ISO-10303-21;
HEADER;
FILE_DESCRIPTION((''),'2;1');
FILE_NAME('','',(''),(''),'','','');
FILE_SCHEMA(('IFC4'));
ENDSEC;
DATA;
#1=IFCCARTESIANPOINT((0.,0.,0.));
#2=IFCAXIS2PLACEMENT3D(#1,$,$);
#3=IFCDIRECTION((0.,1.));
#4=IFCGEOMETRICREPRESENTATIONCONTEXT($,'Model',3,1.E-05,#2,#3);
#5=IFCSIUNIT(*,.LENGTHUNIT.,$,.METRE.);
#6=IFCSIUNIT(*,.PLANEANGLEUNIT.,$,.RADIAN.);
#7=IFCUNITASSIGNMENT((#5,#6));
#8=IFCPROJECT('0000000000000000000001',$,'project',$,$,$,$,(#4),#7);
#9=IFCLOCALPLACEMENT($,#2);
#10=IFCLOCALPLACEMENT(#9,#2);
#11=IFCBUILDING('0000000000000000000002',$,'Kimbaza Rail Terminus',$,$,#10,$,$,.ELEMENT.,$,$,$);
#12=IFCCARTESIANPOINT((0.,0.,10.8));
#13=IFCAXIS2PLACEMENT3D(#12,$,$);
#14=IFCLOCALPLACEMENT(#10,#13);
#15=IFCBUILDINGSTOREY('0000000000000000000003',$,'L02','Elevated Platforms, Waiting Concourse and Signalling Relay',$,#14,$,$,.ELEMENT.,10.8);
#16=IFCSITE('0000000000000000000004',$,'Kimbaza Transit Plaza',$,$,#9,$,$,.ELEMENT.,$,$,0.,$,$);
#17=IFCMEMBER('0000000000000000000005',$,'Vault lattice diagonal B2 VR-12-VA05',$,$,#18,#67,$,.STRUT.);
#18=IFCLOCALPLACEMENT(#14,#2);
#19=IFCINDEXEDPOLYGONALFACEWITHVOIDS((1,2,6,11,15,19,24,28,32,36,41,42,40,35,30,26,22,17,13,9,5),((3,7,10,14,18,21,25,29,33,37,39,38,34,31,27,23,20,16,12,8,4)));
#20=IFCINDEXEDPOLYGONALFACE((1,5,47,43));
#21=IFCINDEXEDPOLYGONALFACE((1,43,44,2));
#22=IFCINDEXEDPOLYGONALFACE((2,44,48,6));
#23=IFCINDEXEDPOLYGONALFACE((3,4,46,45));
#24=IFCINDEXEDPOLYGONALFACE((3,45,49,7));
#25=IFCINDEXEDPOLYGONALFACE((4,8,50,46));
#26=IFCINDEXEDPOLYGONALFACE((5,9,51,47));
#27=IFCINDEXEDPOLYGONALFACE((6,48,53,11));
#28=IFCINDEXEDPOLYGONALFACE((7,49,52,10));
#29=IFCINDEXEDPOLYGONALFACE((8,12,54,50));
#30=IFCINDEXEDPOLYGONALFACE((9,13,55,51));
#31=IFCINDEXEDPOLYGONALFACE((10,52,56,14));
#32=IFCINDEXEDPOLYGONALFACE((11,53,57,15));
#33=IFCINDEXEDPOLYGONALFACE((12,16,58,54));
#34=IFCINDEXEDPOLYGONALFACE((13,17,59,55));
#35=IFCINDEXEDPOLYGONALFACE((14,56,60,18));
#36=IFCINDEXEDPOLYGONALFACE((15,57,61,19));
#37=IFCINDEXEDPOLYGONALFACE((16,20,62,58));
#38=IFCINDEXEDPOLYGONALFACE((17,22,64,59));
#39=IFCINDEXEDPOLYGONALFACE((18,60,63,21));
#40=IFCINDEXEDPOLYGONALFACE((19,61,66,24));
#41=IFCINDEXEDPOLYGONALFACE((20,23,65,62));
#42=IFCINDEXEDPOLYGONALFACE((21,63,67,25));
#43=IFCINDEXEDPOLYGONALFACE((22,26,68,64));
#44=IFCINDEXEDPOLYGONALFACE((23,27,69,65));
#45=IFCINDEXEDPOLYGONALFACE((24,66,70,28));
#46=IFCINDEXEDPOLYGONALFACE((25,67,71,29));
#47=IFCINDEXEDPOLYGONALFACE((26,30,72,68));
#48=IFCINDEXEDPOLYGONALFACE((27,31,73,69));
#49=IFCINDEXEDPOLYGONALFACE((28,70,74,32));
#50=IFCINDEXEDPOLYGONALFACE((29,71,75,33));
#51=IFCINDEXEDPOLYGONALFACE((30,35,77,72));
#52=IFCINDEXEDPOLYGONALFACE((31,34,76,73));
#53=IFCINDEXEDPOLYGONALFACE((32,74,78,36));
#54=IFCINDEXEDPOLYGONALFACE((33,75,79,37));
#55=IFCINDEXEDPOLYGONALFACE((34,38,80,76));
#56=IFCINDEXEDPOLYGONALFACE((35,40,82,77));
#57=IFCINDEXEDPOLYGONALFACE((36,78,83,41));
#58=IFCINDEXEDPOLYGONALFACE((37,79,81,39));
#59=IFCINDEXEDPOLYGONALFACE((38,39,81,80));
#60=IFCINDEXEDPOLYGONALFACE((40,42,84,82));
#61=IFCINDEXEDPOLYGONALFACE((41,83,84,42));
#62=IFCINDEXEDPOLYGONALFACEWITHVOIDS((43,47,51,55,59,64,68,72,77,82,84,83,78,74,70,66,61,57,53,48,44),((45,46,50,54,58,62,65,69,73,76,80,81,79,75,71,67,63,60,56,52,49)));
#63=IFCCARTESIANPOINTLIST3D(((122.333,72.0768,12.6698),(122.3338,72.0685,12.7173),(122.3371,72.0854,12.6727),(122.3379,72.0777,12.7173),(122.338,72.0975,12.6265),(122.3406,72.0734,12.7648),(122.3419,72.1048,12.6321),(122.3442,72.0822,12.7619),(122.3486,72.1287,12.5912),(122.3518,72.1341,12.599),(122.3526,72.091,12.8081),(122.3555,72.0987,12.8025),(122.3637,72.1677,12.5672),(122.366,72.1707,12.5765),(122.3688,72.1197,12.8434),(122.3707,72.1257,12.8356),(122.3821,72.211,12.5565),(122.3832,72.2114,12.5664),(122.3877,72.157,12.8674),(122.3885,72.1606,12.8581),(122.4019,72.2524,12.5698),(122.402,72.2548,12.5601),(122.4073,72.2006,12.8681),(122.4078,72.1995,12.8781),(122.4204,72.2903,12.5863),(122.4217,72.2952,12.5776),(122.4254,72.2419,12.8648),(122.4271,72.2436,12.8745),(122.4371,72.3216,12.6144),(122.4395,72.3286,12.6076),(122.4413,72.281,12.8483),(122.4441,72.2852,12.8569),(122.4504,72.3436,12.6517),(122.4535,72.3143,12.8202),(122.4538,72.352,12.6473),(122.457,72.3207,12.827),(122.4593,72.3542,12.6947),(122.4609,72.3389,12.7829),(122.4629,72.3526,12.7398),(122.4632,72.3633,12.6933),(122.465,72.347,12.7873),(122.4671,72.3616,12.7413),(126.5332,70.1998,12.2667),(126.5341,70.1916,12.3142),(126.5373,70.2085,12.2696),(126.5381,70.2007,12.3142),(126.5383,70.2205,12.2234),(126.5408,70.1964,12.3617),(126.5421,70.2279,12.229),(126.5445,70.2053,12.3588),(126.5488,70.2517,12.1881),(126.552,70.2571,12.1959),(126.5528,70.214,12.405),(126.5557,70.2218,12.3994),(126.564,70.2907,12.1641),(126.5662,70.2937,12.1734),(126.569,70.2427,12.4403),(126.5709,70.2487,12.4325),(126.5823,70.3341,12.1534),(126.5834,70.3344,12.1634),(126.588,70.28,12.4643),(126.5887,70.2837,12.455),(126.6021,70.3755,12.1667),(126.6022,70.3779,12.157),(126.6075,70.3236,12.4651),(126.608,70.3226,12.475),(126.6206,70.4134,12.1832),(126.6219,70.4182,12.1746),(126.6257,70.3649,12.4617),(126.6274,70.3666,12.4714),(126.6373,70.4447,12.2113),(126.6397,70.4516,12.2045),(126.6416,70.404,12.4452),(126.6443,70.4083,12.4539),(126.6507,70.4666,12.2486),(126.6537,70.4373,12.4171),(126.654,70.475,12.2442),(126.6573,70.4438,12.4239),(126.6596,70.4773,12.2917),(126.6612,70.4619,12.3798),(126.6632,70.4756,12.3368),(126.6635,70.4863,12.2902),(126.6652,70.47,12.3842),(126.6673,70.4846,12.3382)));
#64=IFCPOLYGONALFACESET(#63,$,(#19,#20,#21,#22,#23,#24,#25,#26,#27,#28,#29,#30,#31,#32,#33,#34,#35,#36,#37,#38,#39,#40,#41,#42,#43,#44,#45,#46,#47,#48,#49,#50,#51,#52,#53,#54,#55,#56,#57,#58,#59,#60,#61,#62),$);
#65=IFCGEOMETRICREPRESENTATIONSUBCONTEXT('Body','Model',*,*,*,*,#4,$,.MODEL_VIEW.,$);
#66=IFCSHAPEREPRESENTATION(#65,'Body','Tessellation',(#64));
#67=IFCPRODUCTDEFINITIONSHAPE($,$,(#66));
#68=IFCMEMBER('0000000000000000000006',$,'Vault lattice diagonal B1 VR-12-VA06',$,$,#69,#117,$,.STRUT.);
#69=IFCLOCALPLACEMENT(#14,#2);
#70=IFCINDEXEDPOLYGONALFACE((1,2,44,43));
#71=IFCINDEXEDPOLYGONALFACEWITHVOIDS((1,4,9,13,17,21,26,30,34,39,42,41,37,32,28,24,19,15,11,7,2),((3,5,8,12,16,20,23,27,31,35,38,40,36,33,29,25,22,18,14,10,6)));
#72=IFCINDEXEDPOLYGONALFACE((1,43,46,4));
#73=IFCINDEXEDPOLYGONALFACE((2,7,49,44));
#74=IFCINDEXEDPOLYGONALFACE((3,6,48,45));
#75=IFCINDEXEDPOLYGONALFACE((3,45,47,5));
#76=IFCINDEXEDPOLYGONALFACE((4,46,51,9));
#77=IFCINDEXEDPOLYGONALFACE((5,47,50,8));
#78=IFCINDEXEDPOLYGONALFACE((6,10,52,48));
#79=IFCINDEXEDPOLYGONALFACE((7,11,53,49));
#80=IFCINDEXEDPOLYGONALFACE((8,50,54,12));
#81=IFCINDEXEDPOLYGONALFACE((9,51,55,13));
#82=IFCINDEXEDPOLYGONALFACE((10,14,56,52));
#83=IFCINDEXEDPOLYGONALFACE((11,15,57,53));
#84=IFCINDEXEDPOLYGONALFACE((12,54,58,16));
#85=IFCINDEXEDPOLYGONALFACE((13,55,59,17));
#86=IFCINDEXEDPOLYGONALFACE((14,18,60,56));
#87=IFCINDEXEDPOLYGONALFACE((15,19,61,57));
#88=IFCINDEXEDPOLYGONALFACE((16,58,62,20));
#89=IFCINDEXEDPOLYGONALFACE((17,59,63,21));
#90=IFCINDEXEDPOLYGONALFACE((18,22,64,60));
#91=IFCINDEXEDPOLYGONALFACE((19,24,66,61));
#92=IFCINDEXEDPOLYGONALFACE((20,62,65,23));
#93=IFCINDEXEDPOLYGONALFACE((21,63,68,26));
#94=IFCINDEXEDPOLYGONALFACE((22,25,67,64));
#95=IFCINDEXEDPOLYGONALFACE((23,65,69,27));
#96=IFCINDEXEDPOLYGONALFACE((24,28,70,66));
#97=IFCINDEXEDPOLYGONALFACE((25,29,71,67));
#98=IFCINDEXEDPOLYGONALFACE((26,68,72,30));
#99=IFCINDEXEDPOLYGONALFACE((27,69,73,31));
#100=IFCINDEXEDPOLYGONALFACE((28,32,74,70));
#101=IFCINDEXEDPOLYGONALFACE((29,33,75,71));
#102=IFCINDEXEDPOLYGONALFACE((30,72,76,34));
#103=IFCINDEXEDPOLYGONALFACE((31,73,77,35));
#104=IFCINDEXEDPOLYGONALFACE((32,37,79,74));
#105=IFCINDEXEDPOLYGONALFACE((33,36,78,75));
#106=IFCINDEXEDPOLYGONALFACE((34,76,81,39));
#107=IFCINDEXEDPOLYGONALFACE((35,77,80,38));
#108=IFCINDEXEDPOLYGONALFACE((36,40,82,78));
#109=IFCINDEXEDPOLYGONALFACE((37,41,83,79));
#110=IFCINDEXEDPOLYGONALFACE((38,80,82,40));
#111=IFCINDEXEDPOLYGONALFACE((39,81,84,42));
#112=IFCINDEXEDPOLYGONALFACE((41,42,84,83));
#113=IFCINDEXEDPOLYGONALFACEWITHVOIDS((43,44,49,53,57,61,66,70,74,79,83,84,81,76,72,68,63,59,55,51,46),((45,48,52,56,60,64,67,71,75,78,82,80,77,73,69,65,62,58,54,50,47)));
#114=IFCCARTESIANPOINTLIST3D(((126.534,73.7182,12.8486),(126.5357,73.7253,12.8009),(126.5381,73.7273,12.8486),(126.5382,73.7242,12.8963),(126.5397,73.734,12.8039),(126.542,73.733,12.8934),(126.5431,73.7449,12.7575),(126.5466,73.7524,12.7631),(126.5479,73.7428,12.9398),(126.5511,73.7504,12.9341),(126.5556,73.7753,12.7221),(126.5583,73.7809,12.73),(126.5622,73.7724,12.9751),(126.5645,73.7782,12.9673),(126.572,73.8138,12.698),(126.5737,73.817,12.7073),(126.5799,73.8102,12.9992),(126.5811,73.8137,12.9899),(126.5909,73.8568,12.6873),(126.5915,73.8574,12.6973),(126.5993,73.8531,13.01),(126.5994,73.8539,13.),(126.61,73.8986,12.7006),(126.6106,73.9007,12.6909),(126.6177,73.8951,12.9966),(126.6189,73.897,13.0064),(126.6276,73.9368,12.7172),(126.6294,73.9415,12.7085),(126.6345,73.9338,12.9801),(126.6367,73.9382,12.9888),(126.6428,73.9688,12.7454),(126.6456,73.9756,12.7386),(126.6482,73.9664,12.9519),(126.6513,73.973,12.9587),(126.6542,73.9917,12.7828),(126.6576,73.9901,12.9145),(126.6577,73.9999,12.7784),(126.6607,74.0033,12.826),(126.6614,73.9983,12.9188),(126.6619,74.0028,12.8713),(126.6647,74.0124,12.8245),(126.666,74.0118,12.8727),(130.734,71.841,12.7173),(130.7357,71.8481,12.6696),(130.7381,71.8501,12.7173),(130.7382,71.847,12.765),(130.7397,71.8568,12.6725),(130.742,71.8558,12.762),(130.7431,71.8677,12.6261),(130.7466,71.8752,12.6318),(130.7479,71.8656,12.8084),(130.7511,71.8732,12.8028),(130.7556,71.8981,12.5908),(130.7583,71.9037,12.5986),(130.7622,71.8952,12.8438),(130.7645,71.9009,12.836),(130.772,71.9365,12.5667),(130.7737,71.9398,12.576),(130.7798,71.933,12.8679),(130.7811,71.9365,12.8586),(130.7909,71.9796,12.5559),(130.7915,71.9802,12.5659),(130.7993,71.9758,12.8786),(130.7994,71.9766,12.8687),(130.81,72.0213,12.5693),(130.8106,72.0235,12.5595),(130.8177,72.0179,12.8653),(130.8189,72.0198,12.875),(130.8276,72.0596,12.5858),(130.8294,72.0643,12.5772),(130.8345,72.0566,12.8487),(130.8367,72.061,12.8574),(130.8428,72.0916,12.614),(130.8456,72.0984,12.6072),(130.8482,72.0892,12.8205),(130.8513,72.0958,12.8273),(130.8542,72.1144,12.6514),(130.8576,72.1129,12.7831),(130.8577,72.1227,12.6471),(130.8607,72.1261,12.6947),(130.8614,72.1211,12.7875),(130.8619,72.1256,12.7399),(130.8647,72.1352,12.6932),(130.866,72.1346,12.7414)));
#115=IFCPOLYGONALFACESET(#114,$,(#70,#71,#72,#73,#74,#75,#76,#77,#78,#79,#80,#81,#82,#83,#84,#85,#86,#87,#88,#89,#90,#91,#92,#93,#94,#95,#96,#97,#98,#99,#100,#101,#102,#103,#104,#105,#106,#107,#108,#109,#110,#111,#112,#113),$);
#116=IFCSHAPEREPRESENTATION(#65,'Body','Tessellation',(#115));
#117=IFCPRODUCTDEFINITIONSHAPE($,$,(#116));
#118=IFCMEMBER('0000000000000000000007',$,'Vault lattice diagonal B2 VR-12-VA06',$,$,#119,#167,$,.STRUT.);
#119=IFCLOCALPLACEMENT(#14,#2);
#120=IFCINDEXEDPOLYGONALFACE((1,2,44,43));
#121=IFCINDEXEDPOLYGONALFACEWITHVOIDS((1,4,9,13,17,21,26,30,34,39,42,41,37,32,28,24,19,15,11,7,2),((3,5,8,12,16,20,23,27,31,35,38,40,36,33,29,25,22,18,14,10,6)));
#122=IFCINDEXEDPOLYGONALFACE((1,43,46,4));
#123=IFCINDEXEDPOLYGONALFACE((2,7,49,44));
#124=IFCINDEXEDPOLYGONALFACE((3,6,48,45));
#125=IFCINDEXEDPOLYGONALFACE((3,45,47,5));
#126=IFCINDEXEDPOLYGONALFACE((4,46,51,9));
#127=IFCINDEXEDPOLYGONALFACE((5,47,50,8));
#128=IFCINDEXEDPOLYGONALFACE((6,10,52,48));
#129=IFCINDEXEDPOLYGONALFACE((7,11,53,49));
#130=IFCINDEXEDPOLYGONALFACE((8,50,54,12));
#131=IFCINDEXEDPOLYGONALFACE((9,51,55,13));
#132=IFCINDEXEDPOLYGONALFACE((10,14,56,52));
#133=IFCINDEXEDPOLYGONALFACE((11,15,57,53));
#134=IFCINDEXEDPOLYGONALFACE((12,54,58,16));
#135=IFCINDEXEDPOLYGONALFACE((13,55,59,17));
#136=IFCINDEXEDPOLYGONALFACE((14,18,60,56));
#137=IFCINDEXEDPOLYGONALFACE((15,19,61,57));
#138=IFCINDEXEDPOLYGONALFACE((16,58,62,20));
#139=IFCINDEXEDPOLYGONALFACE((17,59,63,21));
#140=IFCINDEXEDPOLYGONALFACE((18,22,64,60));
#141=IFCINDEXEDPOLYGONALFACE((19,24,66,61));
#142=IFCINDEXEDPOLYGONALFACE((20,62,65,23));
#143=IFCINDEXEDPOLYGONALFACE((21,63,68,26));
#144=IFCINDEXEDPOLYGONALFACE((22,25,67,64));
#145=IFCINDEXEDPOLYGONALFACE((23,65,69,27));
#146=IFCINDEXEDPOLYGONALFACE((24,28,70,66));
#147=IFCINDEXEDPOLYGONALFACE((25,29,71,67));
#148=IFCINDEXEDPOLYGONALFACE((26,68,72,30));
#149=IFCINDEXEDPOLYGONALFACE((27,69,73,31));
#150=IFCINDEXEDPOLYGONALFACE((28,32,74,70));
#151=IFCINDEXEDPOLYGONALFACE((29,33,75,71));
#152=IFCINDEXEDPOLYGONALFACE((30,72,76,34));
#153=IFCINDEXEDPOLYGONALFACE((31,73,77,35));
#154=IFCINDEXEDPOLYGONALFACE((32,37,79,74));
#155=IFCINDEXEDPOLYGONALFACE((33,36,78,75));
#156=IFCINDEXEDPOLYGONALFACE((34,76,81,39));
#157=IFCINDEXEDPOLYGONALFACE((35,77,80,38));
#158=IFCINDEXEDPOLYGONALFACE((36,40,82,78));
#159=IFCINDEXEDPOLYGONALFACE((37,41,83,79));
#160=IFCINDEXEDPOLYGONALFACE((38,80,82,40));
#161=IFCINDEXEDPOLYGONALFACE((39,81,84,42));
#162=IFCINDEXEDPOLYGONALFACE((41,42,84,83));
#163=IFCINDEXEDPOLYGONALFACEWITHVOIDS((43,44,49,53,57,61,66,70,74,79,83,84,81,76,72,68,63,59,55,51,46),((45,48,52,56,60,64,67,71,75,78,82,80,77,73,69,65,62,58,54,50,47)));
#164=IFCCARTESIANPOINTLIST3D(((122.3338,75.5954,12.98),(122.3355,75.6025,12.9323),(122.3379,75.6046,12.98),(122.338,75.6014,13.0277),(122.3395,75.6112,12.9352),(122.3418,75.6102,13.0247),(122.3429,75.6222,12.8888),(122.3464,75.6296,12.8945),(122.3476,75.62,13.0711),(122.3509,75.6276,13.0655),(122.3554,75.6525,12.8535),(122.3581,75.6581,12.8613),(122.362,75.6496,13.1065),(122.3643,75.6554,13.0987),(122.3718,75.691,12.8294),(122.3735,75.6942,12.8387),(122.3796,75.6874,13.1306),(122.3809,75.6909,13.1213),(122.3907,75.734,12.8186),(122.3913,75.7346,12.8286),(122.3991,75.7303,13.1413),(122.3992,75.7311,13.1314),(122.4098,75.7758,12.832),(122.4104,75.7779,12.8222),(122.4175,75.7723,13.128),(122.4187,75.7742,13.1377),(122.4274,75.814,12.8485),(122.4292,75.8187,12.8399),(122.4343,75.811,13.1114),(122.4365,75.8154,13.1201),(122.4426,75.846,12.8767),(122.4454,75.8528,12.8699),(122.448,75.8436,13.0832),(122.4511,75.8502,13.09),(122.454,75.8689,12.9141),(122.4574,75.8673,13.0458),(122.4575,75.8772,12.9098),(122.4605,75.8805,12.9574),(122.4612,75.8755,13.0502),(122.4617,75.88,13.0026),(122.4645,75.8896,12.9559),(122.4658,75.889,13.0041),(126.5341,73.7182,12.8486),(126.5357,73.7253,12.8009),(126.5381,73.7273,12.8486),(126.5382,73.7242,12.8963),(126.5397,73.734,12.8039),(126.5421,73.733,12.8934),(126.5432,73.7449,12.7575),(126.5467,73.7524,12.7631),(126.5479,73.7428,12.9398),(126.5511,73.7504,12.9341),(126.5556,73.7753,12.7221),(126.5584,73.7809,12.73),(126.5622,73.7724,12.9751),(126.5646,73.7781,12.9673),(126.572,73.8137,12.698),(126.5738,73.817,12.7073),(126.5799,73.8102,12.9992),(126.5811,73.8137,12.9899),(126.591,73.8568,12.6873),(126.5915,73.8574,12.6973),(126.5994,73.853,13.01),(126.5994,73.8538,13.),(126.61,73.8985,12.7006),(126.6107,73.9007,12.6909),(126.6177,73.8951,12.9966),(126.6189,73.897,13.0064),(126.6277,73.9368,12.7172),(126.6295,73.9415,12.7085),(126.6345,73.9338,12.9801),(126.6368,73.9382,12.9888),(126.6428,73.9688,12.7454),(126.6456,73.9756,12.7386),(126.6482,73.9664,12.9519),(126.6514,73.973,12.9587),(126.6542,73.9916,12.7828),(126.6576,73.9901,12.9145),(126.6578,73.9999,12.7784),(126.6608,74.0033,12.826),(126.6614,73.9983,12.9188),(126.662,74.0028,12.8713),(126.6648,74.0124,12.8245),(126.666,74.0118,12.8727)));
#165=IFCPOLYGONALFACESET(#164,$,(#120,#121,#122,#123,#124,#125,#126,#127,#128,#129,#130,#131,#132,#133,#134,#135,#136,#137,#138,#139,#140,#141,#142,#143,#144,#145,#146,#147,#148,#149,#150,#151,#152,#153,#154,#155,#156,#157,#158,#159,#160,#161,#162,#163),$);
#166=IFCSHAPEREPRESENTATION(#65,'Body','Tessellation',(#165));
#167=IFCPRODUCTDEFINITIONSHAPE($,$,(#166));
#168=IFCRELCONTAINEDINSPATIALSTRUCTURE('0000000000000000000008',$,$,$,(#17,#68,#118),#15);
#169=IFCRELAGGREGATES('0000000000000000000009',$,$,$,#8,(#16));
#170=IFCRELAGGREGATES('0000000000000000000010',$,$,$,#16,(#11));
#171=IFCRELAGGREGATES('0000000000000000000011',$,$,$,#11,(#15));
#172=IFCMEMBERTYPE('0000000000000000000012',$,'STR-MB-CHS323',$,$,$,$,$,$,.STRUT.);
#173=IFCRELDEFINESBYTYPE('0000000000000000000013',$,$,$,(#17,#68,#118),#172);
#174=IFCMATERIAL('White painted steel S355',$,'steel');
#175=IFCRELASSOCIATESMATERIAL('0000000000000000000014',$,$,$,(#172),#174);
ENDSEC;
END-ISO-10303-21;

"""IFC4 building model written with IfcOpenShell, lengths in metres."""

from ifc_helpers import new_model, si_unit, direction, frame, origin, origin_2d, place, context, subcontext, project, spatial, hollow_circle, extrude, material, material_profile, profile_set, type_object, element, save


model = new_model("IFC4")

# Units and contexts
model_context = context("Model", 3, precision=1e-05, world=origin(), true_north=direction((0.0, 1.0)))
body_context = subcontext(model_context, "Body", "Model", "MODEL_VIEW")
ifc_project = project(units=[si_unit("LENGTHUNIT", "METRE"), si_unit("PLANEANGLEUNIT", "RADIAN")], contexts=[model_context])

# Site, building, storey
site_placement = place(None, origin())
site = spatial("IfcSite", under=ifc_project, at=site_placement, Name="Kimbaza Transit Plaza", CompositionType="ELEMENT", RefElevation=0.0)
building_placement = place(site_placement, origin())
building = spatial("IfcBuilding", under=site, at=building_placement, Name="Kimbaza Rail Terminus", CompositionType="ELEMENT")
storey_placement = place(building_placement, frame((0.0, 0.0, 10.8)))
storey = spatial("IfcBuildingStorey", under=building, at=storey_placement, Name="L02", Description="Elevated Platforms, Waiting Concourse and Signalling Relay", CompositionType="ELEMENT", Elevation=10.8)

# Members
ifc_material_1 = material(Name="White painted steel S355", Category="steel")
ifc_material_profile_1 = material_profile(ifc_material_1, hollow_circle(Radius=0.1619, WallThickness=0.01, at=origin_2d()), Name="CHS 323.9x10")
ifc_profile_set_1 = profile_set([ifc_material_profile_1], Name="White painted steel S355")
member_type_1 = type_object("IfcMemberType", Name="STR-MB-CHS323", PredefinedType="STRUT", material=ifc_profile_set_1)
member_1_placement = place(storey_placement, frame((126.6001, 70.3394, 12.3142), z_axis=(-0.909503, 0.406432, 0.087281), x_axis=(-0.407989, -0.912987, 0.0)))
element("IfcMember", 1, at=member_1_placement, inside=storey, type_object=member_type_1, Name="Vault lattice diagonal B2 VR-12-VA05", PredefinedType="STRUT", context=body_context, shape_type="SweptSolid", body=[
    extrude(hollow_circle(Radius=0.1619, WallThickness=0.01, at=origin_2d()), origin(), (0.0, 0.0, 1.0), 4.6182),
])
member_2_placement = place(storey_placement, frame((130.8, 71.9888, 12.7173), z_axis=(-0.912586, 0.407887, 0.02854), x_axis=(-0.408053, -0.912958, 0.0)))
element("IfcMember", 2, at=member_2_placement, inside=storey, type_object=member_type_1, Name="Vault lattice diagonal B1 VR-12-VA06", PredefinedType="STRUT", context=body_context, shape_type="SweptSolid", body=[
    extrude(hollow_circle(Radius=0.1619, WallThickness=0.01, at=origin_2d()), origin(), (0.0, 0.0, 1.0), 4.6023),
])
member_3_placement = place(storey_placement, frame((126.6001, 73.866, 12.8486), z_axis=(-0.912595, 0.407867, 0.028538), x_axis=(-0.408033, -0.912967, 0.0)))
element("IfcMember", 3, at=member_3_placement, inside=storey, type_object=member_type_1, Name="Vault lattice diagonal B2 VR-12-VA06", PredefinedType="STRUT", context=body_context, shape_type="SweptSolid", body=[
    extrude(hollow_circle(Radius=0.1619, WallThickness=0.01, at=origin_2d()), origin(), (0.0, 0.0, 1.0), 4.6025),
])

save(model, "model.ifc")
